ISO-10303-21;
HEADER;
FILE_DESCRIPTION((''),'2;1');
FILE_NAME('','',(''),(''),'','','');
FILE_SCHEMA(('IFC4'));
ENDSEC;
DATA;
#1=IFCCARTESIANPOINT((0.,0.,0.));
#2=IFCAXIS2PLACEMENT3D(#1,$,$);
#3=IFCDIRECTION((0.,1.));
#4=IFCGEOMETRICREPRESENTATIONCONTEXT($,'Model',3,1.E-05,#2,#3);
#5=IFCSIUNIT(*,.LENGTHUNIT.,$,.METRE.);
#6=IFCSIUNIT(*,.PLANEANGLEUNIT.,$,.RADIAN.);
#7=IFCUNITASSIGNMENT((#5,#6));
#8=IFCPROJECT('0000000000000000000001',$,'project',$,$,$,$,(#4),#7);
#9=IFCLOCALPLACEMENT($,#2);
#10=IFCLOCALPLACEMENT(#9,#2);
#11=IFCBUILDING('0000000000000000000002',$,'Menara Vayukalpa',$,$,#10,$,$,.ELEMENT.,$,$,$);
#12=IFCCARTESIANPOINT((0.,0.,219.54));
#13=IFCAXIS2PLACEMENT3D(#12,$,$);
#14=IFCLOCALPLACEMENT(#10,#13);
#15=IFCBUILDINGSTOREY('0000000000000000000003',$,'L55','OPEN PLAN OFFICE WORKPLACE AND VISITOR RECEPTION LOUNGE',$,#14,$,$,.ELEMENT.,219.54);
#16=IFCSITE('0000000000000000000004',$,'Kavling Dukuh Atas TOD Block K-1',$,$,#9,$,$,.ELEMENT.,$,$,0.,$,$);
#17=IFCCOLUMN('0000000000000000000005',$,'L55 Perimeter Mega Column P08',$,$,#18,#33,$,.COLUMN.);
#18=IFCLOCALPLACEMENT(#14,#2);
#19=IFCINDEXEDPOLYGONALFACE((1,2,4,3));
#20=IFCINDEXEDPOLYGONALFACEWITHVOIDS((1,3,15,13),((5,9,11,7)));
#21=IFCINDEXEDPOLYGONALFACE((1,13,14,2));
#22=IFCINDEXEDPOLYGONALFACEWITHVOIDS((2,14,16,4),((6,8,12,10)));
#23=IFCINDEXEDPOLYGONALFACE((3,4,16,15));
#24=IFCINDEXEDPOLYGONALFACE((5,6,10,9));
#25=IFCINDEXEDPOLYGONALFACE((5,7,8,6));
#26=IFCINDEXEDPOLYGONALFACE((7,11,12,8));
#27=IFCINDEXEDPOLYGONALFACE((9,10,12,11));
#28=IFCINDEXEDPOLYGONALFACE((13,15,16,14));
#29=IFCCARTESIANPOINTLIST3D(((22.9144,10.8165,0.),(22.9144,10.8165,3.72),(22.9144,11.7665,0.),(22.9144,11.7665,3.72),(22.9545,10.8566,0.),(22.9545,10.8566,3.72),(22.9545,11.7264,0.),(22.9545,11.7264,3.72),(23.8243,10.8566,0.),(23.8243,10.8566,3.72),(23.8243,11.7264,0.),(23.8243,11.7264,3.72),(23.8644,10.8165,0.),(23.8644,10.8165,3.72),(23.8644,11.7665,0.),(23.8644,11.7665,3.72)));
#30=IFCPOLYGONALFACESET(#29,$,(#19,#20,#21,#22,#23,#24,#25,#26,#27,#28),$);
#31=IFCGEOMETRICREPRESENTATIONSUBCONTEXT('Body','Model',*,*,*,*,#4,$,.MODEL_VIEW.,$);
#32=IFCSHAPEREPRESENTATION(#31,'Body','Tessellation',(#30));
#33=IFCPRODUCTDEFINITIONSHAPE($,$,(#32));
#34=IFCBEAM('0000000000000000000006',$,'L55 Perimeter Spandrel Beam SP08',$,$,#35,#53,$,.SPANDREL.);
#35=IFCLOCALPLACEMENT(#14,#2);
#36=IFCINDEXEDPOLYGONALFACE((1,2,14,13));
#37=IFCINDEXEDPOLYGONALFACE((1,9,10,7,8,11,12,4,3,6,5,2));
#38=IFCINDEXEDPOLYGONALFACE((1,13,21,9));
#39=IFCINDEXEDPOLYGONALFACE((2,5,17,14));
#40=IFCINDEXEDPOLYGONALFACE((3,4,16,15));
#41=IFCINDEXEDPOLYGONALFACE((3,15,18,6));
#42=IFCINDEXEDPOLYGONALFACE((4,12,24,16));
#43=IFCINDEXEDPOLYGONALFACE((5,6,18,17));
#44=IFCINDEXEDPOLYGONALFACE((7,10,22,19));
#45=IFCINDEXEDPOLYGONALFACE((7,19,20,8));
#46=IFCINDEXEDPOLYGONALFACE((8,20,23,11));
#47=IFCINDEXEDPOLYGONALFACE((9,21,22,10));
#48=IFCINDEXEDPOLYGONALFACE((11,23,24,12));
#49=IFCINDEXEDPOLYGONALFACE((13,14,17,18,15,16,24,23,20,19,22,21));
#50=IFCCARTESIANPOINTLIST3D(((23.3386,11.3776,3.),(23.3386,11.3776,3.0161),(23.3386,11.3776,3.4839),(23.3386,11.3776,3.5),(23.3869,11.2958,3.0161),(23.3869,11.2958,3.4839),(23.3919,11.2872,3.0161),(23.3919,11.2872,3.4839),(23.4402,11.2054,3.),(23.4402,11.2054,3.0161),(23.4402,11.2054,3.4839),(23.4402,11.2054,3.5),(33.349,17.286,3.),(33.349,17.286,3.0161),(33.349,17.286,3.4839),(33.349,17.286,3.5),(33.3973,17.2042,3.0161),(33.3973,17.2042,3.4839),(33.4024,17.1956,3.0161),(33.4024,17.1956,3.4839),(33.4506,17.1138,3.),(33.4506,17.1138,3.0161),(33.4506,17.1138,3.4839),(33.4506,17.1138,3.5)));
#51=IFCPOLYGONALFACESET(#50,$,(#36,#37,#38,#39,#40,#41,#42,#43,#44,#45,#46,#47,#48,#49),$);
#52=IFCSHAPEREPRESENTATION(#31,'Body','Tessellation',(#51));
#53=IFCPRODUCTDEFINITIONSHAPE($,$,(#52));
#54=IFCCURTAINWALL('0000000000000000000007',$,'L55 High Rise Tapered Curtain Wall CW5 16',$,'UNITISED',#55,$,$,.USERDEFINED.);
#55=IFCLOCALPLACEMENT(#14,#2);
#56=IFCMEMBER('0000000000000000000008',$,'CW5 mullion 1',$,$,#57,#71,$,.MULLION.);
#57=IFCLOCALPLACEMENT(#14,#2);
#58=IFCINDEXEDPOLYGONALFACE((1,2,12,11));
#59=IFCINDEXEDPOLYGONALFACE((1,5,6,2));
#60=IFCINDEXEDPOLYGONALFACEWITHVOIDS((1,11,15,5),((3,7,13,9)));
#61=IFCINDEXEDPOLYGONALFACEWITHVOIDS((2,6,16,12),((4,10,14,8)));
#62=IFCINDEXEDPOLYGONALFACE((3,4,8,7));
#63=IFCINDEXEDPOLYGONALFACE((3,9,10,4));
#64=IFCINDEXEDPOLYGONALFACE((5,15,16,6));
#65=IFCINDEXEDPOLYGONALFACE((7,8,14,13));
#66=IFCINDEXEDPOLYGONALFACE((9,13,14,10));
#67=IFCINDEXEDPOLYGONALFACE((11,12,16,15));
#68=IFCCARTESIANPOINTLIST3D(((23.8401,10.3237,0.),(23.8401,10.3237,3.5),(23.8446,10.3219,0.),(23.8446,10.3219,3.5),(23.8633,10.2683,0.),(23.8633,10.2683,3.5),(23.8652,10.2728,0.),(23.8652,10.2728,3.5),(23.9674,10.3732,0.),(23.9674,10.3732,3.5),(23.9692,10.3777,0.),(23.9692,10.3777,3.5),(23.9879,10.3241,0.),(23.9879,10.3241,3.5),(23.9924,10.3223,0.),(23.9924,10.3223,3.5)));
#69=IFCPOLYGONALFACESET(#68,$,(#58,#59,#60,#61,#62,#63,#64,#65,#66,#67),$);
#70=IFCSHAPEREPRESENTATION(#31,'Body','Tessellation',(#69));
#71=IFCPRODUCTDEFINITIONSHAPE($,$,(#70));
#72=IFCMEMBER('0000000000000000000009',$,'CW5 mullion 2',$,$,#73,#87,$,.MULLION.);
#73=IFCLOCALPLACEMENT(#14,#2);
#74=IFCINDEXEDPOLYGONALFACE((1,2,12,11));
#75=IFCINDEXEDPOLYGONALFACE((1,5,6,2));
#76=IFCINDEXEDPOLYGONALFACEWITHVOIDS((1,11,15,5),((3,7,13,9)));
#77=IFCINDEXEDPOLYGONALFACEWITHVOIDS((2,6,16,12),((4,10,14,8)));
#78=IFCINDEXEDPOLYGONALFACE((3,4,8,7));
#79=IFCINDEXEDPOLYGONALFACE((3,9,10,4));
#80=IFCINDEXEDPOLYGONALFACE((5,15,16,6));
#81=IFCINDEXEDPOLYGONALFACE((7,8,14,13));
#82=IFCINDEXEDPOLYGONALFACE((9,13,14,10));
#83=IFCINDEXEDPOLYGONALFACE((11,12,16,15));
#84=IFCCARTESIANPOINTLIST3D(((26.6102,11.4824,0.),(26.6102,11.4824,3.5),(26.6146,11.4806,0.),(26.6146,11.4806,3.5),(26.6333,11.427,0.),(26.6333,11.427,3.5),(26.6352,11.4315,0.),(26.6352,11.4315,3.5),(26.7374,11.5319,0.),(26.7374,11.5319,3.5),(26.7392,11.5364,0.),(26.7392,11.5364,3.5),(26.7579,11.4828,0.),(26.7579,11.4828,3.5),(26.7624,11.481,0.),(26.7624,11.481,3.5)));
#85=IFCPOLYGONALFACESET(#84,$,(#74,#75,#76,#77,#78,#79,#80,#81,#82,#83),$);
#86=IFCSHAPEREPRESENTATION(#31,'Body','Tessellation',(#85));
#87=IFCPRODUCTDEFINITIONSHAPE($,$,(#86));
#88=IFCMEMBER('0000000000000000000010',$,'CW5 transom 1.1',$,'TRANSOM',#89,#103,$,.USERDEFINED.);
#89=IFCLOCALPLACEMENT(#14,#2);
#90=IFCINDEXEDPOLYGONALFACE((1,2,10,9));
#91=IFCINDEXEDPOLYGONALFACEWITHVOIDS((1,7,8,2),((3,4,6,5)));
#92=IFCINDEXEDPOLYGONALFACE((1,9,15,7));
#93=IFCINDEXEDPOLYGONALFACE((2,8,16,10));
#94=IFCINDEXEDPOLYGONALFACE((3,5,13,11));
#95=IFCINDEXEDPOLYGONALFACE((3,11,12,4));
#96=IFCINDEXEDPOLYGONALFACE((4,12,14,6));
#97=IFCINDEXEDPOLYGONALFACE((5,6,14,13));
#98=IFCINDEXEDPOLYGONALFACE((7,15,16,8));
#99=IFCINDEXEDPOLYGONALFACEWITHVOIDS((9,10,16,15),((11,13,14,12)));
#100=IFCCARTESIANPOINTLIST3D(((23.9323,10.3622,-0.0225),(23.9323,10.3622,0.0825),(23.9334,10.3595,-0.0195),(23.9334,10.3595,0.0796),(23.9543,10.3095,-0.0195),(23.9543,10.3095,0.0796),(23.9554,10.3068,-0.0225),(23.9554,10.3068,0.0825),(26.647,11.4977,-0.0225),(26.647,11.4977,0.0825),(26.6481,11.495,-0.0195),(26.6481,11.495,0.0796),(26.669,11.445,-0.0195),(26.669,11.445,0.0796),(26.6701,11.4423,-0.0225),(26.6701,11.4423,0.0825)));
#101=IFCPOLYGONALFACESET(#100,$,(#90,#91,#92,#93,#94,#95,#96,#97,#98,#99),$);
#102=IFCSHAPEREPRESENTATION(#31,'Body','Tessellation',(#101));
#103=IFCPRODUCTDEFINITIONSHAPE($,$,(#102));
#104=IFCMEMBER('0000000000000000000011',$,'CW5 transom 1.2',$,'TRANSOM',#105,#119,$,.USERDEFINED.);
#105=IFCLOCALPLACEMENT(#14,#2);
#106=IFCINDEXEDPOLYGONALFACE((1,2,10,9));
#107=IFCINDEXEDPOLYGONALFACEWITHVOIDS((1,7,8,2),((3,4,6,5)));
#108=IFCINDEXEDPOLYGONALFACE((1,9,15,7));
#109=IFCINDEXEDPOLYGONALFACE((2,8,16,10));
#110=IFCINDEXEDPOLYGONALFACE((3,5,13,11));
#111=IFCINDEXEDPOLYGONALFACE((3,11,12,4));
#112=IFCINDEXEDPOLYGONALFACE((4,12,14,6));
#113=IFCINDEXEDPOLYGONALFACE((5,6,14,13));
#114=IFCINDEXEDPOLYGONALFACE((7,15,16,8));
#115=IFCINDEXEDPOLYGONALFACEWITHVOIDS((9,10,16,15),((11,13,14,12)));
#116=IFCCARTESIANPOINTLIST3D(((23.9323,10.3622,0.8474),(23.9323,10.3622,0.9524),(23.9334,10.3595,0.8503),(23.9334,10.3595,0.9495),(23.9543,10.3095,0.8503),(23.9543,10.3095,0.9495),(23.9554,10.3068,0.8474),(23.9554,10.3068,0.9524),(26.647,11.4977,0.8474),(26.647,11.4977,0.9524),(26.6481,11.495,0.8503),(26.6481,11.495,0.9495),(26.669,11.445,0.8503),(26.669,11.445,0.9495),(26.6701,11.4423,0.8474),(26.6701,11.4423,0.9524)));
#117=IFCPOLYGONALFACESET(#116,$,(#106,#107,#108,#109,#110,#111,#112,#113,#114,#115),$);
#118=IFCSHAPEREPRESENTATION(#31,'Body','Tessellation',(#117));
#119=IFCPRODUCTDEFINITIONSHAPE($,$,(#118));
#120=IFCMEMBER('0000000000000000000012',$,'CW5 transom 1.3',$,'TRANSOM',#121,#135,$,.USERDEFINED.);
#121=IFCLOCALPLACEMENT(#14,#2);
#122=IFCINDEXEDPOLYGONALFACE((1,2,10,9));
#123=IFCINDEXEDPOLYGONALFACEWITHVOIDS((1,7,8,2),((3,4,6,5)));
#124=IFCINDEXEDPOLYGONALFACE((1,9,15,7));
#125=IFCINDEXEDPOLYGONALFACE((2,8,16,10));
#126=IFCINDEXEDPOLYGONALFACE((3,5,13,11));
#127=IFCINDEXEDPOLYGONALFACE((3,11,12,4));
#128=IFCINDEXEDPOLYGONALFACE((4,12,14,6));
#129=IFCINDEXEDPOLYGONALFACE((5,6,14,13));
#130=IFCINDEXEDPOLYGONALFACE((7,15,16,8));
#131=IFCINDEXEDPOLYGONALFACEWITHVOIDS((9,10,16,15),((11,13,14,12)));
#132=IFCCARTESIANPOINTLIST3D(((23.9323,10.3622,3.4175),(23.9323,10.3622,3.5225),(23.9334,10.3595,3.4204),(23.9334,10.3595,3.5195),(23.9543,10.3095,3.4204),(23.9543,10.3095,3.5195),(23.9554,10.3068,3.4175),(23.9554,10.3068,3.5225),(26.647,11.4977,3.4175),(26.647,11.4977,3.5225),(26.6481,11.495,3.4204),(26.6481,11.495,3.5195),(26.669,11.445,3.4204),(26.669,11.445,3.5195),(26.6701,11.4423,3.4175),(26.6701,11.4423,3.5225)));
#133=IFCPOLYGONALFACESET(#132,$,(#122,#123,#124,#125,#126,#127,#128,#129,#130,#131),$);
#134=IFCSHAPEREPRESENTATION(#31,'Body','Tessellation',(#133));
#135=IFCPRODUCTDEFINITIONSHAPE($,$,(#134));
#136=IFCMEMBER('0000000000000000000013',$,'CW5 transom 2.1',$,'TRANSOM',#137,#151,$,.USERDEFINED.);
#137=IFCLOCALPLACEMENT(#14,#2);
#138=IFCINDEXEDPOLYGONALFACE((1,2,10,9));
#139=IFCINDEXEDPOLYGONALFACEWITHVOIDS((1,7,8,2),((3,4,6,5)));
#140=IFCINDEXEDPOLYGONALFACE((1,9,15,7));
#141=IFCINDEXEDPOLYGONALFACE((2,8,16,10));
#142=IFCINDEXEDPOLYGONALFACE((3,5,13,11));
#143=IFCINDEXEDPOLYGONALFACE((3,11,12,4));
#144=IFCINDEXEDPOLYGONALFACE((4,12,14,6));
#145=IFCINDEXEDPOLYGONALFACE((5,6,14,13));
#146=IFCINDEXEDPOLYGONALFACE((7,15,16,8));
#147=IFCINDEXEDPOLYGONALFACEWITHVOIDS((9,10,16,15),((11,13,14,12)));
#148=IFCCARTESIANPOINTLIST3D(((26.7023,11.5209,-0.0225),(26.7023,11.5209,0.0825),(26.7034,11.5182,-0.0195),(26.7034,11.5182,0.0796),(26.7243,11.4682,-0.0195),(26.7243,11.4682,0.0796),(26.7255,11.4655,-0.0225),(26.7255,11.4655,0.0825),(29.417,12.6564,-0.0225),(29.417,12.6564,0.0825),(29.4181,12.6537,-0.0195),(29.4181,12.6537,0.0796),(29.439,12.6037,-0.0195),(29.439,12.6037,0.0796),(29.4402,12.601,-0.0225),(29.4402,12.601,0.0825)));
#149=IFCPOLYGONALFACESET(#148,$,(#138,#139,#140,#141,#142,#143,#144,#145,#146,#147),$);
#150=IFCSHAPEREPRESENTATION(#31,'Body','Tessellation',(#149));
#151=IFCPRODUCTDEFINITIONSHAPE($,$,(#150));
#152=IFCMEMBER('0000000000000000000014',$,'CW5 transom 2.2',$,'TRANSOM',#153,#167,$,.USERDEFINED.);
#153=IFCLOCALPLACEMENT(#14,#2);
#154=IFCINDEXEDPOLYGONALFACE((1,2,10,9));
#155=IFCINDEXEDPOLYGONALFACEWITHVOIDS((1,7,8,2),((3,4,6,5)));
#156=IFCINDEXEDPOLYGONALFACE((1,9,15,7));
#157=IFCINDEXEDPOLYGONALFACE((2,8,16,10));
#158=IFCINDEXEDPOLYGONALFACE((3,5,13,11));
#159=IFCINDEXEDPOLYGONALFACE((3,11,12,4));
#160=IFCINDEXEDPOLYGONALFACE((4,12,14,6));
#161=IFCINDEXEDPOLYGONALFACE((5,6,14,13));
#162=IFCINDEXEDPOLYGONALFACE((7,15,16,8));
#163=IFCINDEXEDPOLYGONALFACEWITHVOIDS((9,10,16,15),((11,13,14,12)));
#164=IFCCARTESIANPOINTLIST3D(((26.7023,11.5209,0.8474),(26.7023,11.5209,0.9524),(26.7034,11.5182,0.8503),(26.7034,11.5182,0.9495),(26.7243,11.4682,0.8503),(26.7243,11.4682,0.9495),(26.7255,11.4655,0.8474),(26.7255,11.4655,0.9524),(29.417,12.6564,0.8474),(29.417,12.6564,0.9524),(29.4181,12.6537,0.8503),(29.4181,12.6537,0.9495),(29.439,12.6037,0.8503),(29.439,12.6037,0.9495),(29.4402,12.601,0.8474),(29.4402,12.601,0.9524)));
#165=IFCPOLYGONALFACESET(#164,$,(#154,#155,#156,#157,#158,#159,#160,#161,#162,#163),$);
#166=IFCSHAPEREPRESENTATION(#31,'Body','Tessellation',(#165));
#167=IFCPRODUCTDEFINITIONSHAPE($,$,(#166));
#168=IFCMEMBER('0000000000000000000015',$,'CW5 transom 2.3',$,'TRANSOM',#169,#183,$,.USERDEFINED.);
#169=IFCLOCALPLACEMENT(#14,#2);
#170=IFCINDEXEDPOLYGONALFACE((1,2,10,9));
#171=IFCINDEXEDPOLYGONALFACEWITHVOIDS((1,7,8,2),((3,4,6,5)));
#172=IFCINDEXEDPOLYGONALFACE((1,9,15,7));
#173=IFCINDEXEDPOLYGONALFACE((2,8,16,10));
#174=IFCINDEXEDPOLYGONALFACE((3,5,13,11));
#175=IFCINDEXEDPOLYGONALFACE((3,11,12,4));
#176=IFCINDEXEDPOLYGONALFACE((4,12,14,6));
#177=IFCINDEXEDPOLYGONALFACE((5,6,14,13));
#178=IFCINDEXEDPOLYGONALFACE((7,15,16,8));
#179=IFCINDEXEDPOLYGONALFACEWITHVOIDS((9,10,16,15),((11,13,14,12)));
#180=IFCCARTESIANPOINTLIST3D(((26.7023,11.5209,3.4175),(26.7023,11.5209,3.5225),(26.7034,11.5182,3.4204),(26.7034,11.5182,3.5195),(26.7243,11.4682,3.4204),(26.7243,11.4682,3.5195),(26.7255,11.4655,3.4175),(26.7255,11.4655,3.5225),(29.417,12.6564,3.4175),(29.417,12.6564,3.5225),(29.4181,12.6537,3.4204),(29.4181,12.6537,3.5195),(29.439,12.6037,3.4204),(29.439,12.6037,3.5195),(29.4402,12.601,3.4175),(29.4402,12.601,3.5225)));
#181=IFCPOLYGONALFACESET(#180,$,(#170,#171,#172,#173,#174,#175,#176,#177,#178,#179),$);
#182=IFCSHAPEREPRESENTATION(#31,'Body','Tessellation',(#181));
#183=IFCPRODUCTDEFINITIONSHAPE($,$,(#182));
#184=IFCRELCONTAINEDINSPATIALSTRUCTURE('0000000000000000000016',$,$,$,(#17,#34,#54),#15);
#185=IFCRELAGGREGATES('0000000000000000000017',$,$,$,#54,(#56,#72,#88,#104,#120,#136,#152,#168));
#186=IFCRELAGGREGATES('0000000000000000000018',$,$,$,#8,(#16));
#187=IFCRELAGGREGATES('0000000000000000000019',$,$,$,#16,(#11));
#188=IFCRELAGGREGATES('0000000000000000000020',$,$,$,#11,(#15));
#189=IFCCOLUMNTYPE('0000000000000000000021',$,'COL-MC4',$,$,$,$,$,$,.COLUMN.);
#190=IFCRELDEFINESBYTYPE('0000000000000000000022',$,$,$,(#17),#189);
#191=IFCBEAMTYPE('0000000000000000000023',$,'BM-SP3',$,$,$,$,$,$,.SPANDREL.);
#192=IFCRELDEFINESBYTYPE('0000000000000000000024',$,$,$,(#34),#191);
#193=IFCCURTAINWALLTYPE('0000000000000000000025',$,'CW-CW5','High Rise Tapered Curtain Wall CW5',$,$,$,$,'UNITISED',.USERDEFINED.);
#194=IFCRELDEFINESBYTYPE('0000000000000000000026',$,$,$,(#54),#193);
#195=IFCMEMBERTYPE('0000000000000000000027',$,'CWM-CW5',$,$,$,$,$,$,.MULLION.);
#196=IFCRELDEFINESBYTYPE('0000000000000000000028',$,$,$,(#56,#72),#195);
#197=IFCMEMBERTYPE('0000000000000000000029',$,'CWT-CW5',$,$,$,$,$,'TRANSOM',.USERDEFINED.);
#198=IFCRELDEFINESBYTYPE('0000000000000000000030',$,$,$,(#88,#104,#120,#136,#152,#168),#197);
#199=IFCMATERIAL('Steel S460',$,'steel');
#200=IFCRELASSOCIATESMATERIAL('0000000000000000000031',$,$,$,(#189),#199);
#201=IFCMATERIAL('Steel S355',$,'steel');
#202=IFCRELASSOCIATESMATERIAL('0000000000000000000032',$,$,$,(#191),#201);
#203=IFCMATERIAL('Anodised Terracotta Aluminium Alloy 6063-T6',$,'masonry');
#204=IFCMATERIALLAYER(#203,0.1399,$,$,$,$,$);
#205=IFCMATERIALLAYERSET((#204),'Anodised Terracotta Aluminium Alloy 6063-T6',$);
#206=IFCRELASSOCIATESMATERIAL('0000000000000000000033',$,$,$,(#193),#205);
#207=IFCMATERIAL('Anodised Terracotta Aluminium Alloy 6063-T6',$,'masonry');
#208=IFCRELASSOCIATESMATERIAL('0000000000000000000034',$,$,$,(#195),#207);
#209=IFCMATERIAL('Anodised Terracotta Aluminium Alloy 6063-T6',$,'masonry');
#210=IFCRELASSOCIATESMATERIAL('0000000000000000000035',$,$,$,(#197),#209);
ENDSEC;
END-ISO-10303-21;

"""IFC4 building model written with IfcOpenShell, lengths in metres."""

from ifc_helpers import new_model, si_unit, direction, frame, origin, origin_2d, place, context, subcontext, project, spatial, hollow_rectangle, i_section, extrude, material, layer, layer_set, material_profile, profile_set, type_object, element, aggregate, save


model = new_model("IFC4")

# Units and contexts
model_context = context("Model", 3, precision=1e-05, world=origin(), true_north=direction((0.0, 1.0)))
body_context = subcontext(model_context, "Body", "Model", "MODEL_VIEW")
ifc_project = project(units=[si_unit("LENGTHUNIT", "METRE"), si_unit("PLANEANGLEUNIT", "RADIAN")], contexts=[model_context])

# Site, building, storey
site_placement = place(None, origin())
site = spatial("IfcSite", under=ifc_project, at=site_placement, Name="Kavling Dukuh Atas TOD Block K-1", CompositionType="ELEMENT", RefElevation=0.0)
building_placement = place(site_placement, origin())
building = spatial("IfcBuilding", under=site, at=building_placement, Name="Menara Vayukalpa", CompositionType="ELEMENT")
storey_placement = place(building_placement, frame((0.0, 0.0, 219.54)))
storey = spatial("IfcBuildingStorey", under=building, at=storey_placement, Name="L55", Description="OPEN PLAN OFFICE WORKPLACE AND VISITOR RECEPTION LOUNGE", CompositionType="ELEMENT", Elevation=219.54)

# Column
ifc_material_1 = material(Name="Steel S460", Category="steel")
ifc_material_profile_1 = material_profile(ifc_material_1, hollow_rectangle(XDim=0.95, YDim=0.95, WallThickness=0.04, at=origin_2d()), Name="BOX 950x950x40")
ifc_profile_set_1 = profile_set([ifc_material_profile_1], Name="Steel S460")
column_type = type_object("IfcColumnType", Name="COL-MC4", PredefinedType="COLUMN", material=ifc_profile_set_1)
column_placement = place(storey_placement, frame((23.3894, 11.2915, 0.0), z_axis=(0.0, 0.0, 1.0), x_axis=(1.0, 0.0, 0.0)))
element("IfcColumn", 1, at=column_placement, inside=storey, type_object=column_type, Name="L55 Perimeter Mega Column P08", PredefinedType="COLUMN", context=body_context, shape_type="SweptSolid", body=[
    extrude(hollow_rectangle(XDim=0.95, YDim=0.95, WallThickness=0.04, at=origin_2d()), origin(), (0.0, 0.0, 1.0), 3.72),
])

# Beam
ifc_material_2 = material(Name="Steel S355", Category="steel")
ifc_material_profile_2 = material_profile(ifc_material_2, i_section(OverallWidth=0.2, OverallDepth=0.5, WebThickness=0.01, FlangeThickness=0.0161, at=origin_2d()), Name="WF 500x200x10x16")
ifc_profile_set_2 = profile_set([ifc_material_profile_2], Name="Steel S355")
beam_type = type_object("IfcBeamType", Name="BM-SP3", PredefinedType="SPANDREL", material=ifc_profile_set_2)
beam_placement = place(storey_placement, frame((23.3894, 11.2915, 3.25), z_axis=(0.861184, 0.508293, 0.0), x_axis=(-0.508293, 0.861184, 0.0)))
element("IfcBeam", 2, at=beam_placement, inside=storey, type_object=beam_type, Name="L55 Perimeter Spandrel Beam SP08", PredefinedType="SPANDREL", context=body_context, shape_type="SweptSolid", body=[
    extrude(i_section(OverallWidth=0.2, OverallDepth=0.5, WebThickness=0.01, FlangeThickness=0.0161, at=origin_2d()), origin(), (0.0, 0.0, 1.0), 11.624),
])

# Curtain wall, members
ifc_material_3 = material(Name="Anodised Terracotta Aluminium Alloy 6063-T6", Category="masonry")
ifc_layer_1 = layer(ifc_material_3, 0.1399)
ifc_layer_set_1 = layer_set([ifc_layer_1], Name="Anodised Terracotta Aluminium Alloy 6063-T6")
curtain_wall_type = type_object("IfcCurtainWallType", Name="CW-CW5", Description="High Rise Tapered Curtain Wall CW5", ElementType="UNITISED", PredefinedType="USERDEFINED", material=ifc_layer_set_1)
curtain_wall_placement = place(storey_placement, origin())
curtain_wall = element("IfcCurtainWall", 3, at=curtain_wall_placement, inside=storey, type_object=curtain_wall_type, Name="L55 High Rise Tapered Curtain Wall CW5 16", ObjectType="UNITISED", PredefinedType="USERDEFINED")
ifc_material_4 = material(Name="Anodised Terracotta Aluminium Alloy 6063-T6", Category="masonry")
ifc_material_profile_3 = material_profile(ifc_material_4, hollow_rectangle(XDim=0.0601, YDim=0.1399, WallThickness=0.0034, at=origin_2d()), Name="ALU 60x140x3.5")
ifc_profile_set_3 = profile_set([ifc_material_profile_3], Name="Anodised Terracotta Aluminium Alloy 6063-T6")
member_type_1 = type_object("IfcMemberType", Name="CWM-CW5", PredefinedType="MULLION", material=ifc_profile_set_3)
member_1_placement = place(storey_placement, frame((23.9163, 10.323, 0.0), z_axis=(0.0, 0.0, 1.0), x_axis=(-0.385903, 0.922539, 0.0)))
member_1 = element("IfcMember", 4, at=member_1_placement, type_object=member_type_1, Name="CW5 mullion 1", PredefinedType="MULLION", context=body_context, shape_type="SweptSolid", body=[
    extrude(hollow_rectangle(XDim=0.0601, YDim=0.1399, WallThickness=0.0034, at=origin_2d()), origin(), (0.0, 0.0, 1.0), 3.5),
])
member_2_placement = place(storey_placement, frame((26.6863, 11.4817, 0.0), z_axis=(0.0, 0.0, 1.0), x_axis=(-0.385903, 0.922539, 0.0)))
member_2 = element("IfcMember", 5, at=member_2_placement, type_object=member_type_1, Name="CW5 mullion 2", PredefinedType="MULLION", context=body_context, shape_type="SweptSolid", body=[
    extrude(hollow_rectangle(XDim=0.0601, YDim=0.1399, WallThickness=0.0034, at=origin_2d()), origin(), (0.0, 0.0, 1.0), 3.5),
])
ifc_material_5 = material(Name="Anodised Terracotta Aluminium Alloy 6063-T6", Category="masonry")
ifc_material_profile_4 = material_profile(ifc_material_5, hollow_rectangle(XDim=0.0601, YDim=0.105, WallThickness=0.0029, at=origin_2d()), Name="ALU 60x105x3")
ifc_profile_set_4 = profile_set([ifc_material_profile_4], Name="Anodised Terracotta Aluminium Alloy 6063-T6")
member_type_2 = type_object("IfcMemberType", Name="CWT-CW5", ElementType="TRANSOM", PredefinedType="USERDEFINED", material=ifc_profile_set_4)
member_3_placement = place(storey_placement, frame((23.9438, 10.3345, 0.03), z_axis=(0.922543, 0.385893, 0.0), x_axis=(-0.385893, 0.922543, 0.0)))
member_3 = element("IfcMember", 6, at=member_3_placement, type_object=member_type_2, Name="CW5 transom 1.1", ObjectType="TRANSOM", PredefinedType="USERDEFINED", context=body_context, shape_type="SweptSolid", body=[
    extrude(hollow_rectangle(XDim=0.0601, YDim=0.105, WallThickness=0.0029, at=origin_2d()), origin(), (0.0, 0.0, 1.0), 2.9426),
])
member_4_placement = place(storey_placement, frame((23.9438, 10.3345, 0.8999), z_axis=(0.922543, 0.385893, 0.0), x_axis=(-0.385893, 0.922543, 0.0)))
member_4 = element("IfcMember", 7, at=member_4_placement, type_object=member_type_2, Name="CW5 transom 1.2", ObjectType="TRANSOM", PredefinedType="USERDEFINED", context=body_context, shape_type="SweptSolid", body=[
    extrude(hollow_rectangle(XDim=0.0601, YDim=0.105, WallThickness=0.0029, at=origin_2d()), origin(), (0.0, 0.0, 1.0), 2.9426),
])
member_5_placement = place(storey_placement, frame((23.9438, 10.3345, 3.47), z_axis=(0.922543, 0.385893, 0.0), x_axis=(-0.385893, 0.922543, 0.0)))
member_5 = element("IfcMember", 8, at=member_5_placement, type_object=member_type_2, Name="CW5 transom 1.3", ObjectType="TRANSOM", PredefinedType="USERDEFINED", context=body_context, shape_type="SweptSolid", body=[
    extrude(hollow_rectangle(XDim=0.0601, YDim=0.105, WallThickness=0.0029, at=origin_2d()), origin(), (0.0, 0.0, 1.0), 2.9426),
])
member_6_placement = place(storey_placement, frame((26.7139, 11.4932, 0.03), z_axis=(0.922543, 0.385893, 0.0), x_axis=(-0.385893, 0.922543, 0.0)))
member_6 = element("IfcMember", 9, at=member_6_placement, type_object=member_type_2, Name="CW5 transom 2.1", ObjectType="TRANSOM", PredefinedType="USERDEFINED", context=body_context, shape_type="SweptSolid", body=[
    extrude(hollow_rectangle(XDim=0.0601, YDim=0.105, WallThickness=0.0029, at=origin_2d()), origin(), (0.0, 0.0, 1.0), 2.9426),
])
member_7_placement = place(storey_placement, frame((26.7139, 11.4932, 0.8999), z_axis=(0.922543, 0.385893, 0.0), x_axis=(-0.385893, 0.922543, 0.0)))
member_7 = element("IfcMember", 10, at=member_7_placement, type_object=member_type_2, Name="CW5 transom 2.2", ObjectType="TRANSOM", PredefinedType="USERDEFINED", context=body_context, shape_type="SweptSolid", body=[
    extrude(hollow_rectangle(XDim=0.0601, YDim=0.105, WallThickness=0.0029, at=origin_2d()), origin(), (0.0, 0.0, 1.0), 2.9426),
])
member_8_placement = place(storey_placement, frame((26.7139, 11.4932, 3.47), z_axis=(0.922543, 0.385893, 0.0), x_axis=(-0.385893, 0.922543, 0.0)))
member_8 = element("IfcMember", 11, at=member_8_placement, type_object=member_type_2, Name="CW5 transom 2.3", ObjectType="TRANSOM", PredefinedType="USERDEFINED", context=body_context, shape_type="SweptSolid", body=[
    extrude(hollow_rectangle(XDim=0.0601, YDim=0.105, WallThickness=0.0029, at=origin_2d()), origin(), (0.0, 0.0, 1.0), 2.9426),
])
aggregate(curtain_wall, [member_1, member_2, member_3, member_4, member_5, member_6, member_7, member_8])

save(model, "model.ifc")
